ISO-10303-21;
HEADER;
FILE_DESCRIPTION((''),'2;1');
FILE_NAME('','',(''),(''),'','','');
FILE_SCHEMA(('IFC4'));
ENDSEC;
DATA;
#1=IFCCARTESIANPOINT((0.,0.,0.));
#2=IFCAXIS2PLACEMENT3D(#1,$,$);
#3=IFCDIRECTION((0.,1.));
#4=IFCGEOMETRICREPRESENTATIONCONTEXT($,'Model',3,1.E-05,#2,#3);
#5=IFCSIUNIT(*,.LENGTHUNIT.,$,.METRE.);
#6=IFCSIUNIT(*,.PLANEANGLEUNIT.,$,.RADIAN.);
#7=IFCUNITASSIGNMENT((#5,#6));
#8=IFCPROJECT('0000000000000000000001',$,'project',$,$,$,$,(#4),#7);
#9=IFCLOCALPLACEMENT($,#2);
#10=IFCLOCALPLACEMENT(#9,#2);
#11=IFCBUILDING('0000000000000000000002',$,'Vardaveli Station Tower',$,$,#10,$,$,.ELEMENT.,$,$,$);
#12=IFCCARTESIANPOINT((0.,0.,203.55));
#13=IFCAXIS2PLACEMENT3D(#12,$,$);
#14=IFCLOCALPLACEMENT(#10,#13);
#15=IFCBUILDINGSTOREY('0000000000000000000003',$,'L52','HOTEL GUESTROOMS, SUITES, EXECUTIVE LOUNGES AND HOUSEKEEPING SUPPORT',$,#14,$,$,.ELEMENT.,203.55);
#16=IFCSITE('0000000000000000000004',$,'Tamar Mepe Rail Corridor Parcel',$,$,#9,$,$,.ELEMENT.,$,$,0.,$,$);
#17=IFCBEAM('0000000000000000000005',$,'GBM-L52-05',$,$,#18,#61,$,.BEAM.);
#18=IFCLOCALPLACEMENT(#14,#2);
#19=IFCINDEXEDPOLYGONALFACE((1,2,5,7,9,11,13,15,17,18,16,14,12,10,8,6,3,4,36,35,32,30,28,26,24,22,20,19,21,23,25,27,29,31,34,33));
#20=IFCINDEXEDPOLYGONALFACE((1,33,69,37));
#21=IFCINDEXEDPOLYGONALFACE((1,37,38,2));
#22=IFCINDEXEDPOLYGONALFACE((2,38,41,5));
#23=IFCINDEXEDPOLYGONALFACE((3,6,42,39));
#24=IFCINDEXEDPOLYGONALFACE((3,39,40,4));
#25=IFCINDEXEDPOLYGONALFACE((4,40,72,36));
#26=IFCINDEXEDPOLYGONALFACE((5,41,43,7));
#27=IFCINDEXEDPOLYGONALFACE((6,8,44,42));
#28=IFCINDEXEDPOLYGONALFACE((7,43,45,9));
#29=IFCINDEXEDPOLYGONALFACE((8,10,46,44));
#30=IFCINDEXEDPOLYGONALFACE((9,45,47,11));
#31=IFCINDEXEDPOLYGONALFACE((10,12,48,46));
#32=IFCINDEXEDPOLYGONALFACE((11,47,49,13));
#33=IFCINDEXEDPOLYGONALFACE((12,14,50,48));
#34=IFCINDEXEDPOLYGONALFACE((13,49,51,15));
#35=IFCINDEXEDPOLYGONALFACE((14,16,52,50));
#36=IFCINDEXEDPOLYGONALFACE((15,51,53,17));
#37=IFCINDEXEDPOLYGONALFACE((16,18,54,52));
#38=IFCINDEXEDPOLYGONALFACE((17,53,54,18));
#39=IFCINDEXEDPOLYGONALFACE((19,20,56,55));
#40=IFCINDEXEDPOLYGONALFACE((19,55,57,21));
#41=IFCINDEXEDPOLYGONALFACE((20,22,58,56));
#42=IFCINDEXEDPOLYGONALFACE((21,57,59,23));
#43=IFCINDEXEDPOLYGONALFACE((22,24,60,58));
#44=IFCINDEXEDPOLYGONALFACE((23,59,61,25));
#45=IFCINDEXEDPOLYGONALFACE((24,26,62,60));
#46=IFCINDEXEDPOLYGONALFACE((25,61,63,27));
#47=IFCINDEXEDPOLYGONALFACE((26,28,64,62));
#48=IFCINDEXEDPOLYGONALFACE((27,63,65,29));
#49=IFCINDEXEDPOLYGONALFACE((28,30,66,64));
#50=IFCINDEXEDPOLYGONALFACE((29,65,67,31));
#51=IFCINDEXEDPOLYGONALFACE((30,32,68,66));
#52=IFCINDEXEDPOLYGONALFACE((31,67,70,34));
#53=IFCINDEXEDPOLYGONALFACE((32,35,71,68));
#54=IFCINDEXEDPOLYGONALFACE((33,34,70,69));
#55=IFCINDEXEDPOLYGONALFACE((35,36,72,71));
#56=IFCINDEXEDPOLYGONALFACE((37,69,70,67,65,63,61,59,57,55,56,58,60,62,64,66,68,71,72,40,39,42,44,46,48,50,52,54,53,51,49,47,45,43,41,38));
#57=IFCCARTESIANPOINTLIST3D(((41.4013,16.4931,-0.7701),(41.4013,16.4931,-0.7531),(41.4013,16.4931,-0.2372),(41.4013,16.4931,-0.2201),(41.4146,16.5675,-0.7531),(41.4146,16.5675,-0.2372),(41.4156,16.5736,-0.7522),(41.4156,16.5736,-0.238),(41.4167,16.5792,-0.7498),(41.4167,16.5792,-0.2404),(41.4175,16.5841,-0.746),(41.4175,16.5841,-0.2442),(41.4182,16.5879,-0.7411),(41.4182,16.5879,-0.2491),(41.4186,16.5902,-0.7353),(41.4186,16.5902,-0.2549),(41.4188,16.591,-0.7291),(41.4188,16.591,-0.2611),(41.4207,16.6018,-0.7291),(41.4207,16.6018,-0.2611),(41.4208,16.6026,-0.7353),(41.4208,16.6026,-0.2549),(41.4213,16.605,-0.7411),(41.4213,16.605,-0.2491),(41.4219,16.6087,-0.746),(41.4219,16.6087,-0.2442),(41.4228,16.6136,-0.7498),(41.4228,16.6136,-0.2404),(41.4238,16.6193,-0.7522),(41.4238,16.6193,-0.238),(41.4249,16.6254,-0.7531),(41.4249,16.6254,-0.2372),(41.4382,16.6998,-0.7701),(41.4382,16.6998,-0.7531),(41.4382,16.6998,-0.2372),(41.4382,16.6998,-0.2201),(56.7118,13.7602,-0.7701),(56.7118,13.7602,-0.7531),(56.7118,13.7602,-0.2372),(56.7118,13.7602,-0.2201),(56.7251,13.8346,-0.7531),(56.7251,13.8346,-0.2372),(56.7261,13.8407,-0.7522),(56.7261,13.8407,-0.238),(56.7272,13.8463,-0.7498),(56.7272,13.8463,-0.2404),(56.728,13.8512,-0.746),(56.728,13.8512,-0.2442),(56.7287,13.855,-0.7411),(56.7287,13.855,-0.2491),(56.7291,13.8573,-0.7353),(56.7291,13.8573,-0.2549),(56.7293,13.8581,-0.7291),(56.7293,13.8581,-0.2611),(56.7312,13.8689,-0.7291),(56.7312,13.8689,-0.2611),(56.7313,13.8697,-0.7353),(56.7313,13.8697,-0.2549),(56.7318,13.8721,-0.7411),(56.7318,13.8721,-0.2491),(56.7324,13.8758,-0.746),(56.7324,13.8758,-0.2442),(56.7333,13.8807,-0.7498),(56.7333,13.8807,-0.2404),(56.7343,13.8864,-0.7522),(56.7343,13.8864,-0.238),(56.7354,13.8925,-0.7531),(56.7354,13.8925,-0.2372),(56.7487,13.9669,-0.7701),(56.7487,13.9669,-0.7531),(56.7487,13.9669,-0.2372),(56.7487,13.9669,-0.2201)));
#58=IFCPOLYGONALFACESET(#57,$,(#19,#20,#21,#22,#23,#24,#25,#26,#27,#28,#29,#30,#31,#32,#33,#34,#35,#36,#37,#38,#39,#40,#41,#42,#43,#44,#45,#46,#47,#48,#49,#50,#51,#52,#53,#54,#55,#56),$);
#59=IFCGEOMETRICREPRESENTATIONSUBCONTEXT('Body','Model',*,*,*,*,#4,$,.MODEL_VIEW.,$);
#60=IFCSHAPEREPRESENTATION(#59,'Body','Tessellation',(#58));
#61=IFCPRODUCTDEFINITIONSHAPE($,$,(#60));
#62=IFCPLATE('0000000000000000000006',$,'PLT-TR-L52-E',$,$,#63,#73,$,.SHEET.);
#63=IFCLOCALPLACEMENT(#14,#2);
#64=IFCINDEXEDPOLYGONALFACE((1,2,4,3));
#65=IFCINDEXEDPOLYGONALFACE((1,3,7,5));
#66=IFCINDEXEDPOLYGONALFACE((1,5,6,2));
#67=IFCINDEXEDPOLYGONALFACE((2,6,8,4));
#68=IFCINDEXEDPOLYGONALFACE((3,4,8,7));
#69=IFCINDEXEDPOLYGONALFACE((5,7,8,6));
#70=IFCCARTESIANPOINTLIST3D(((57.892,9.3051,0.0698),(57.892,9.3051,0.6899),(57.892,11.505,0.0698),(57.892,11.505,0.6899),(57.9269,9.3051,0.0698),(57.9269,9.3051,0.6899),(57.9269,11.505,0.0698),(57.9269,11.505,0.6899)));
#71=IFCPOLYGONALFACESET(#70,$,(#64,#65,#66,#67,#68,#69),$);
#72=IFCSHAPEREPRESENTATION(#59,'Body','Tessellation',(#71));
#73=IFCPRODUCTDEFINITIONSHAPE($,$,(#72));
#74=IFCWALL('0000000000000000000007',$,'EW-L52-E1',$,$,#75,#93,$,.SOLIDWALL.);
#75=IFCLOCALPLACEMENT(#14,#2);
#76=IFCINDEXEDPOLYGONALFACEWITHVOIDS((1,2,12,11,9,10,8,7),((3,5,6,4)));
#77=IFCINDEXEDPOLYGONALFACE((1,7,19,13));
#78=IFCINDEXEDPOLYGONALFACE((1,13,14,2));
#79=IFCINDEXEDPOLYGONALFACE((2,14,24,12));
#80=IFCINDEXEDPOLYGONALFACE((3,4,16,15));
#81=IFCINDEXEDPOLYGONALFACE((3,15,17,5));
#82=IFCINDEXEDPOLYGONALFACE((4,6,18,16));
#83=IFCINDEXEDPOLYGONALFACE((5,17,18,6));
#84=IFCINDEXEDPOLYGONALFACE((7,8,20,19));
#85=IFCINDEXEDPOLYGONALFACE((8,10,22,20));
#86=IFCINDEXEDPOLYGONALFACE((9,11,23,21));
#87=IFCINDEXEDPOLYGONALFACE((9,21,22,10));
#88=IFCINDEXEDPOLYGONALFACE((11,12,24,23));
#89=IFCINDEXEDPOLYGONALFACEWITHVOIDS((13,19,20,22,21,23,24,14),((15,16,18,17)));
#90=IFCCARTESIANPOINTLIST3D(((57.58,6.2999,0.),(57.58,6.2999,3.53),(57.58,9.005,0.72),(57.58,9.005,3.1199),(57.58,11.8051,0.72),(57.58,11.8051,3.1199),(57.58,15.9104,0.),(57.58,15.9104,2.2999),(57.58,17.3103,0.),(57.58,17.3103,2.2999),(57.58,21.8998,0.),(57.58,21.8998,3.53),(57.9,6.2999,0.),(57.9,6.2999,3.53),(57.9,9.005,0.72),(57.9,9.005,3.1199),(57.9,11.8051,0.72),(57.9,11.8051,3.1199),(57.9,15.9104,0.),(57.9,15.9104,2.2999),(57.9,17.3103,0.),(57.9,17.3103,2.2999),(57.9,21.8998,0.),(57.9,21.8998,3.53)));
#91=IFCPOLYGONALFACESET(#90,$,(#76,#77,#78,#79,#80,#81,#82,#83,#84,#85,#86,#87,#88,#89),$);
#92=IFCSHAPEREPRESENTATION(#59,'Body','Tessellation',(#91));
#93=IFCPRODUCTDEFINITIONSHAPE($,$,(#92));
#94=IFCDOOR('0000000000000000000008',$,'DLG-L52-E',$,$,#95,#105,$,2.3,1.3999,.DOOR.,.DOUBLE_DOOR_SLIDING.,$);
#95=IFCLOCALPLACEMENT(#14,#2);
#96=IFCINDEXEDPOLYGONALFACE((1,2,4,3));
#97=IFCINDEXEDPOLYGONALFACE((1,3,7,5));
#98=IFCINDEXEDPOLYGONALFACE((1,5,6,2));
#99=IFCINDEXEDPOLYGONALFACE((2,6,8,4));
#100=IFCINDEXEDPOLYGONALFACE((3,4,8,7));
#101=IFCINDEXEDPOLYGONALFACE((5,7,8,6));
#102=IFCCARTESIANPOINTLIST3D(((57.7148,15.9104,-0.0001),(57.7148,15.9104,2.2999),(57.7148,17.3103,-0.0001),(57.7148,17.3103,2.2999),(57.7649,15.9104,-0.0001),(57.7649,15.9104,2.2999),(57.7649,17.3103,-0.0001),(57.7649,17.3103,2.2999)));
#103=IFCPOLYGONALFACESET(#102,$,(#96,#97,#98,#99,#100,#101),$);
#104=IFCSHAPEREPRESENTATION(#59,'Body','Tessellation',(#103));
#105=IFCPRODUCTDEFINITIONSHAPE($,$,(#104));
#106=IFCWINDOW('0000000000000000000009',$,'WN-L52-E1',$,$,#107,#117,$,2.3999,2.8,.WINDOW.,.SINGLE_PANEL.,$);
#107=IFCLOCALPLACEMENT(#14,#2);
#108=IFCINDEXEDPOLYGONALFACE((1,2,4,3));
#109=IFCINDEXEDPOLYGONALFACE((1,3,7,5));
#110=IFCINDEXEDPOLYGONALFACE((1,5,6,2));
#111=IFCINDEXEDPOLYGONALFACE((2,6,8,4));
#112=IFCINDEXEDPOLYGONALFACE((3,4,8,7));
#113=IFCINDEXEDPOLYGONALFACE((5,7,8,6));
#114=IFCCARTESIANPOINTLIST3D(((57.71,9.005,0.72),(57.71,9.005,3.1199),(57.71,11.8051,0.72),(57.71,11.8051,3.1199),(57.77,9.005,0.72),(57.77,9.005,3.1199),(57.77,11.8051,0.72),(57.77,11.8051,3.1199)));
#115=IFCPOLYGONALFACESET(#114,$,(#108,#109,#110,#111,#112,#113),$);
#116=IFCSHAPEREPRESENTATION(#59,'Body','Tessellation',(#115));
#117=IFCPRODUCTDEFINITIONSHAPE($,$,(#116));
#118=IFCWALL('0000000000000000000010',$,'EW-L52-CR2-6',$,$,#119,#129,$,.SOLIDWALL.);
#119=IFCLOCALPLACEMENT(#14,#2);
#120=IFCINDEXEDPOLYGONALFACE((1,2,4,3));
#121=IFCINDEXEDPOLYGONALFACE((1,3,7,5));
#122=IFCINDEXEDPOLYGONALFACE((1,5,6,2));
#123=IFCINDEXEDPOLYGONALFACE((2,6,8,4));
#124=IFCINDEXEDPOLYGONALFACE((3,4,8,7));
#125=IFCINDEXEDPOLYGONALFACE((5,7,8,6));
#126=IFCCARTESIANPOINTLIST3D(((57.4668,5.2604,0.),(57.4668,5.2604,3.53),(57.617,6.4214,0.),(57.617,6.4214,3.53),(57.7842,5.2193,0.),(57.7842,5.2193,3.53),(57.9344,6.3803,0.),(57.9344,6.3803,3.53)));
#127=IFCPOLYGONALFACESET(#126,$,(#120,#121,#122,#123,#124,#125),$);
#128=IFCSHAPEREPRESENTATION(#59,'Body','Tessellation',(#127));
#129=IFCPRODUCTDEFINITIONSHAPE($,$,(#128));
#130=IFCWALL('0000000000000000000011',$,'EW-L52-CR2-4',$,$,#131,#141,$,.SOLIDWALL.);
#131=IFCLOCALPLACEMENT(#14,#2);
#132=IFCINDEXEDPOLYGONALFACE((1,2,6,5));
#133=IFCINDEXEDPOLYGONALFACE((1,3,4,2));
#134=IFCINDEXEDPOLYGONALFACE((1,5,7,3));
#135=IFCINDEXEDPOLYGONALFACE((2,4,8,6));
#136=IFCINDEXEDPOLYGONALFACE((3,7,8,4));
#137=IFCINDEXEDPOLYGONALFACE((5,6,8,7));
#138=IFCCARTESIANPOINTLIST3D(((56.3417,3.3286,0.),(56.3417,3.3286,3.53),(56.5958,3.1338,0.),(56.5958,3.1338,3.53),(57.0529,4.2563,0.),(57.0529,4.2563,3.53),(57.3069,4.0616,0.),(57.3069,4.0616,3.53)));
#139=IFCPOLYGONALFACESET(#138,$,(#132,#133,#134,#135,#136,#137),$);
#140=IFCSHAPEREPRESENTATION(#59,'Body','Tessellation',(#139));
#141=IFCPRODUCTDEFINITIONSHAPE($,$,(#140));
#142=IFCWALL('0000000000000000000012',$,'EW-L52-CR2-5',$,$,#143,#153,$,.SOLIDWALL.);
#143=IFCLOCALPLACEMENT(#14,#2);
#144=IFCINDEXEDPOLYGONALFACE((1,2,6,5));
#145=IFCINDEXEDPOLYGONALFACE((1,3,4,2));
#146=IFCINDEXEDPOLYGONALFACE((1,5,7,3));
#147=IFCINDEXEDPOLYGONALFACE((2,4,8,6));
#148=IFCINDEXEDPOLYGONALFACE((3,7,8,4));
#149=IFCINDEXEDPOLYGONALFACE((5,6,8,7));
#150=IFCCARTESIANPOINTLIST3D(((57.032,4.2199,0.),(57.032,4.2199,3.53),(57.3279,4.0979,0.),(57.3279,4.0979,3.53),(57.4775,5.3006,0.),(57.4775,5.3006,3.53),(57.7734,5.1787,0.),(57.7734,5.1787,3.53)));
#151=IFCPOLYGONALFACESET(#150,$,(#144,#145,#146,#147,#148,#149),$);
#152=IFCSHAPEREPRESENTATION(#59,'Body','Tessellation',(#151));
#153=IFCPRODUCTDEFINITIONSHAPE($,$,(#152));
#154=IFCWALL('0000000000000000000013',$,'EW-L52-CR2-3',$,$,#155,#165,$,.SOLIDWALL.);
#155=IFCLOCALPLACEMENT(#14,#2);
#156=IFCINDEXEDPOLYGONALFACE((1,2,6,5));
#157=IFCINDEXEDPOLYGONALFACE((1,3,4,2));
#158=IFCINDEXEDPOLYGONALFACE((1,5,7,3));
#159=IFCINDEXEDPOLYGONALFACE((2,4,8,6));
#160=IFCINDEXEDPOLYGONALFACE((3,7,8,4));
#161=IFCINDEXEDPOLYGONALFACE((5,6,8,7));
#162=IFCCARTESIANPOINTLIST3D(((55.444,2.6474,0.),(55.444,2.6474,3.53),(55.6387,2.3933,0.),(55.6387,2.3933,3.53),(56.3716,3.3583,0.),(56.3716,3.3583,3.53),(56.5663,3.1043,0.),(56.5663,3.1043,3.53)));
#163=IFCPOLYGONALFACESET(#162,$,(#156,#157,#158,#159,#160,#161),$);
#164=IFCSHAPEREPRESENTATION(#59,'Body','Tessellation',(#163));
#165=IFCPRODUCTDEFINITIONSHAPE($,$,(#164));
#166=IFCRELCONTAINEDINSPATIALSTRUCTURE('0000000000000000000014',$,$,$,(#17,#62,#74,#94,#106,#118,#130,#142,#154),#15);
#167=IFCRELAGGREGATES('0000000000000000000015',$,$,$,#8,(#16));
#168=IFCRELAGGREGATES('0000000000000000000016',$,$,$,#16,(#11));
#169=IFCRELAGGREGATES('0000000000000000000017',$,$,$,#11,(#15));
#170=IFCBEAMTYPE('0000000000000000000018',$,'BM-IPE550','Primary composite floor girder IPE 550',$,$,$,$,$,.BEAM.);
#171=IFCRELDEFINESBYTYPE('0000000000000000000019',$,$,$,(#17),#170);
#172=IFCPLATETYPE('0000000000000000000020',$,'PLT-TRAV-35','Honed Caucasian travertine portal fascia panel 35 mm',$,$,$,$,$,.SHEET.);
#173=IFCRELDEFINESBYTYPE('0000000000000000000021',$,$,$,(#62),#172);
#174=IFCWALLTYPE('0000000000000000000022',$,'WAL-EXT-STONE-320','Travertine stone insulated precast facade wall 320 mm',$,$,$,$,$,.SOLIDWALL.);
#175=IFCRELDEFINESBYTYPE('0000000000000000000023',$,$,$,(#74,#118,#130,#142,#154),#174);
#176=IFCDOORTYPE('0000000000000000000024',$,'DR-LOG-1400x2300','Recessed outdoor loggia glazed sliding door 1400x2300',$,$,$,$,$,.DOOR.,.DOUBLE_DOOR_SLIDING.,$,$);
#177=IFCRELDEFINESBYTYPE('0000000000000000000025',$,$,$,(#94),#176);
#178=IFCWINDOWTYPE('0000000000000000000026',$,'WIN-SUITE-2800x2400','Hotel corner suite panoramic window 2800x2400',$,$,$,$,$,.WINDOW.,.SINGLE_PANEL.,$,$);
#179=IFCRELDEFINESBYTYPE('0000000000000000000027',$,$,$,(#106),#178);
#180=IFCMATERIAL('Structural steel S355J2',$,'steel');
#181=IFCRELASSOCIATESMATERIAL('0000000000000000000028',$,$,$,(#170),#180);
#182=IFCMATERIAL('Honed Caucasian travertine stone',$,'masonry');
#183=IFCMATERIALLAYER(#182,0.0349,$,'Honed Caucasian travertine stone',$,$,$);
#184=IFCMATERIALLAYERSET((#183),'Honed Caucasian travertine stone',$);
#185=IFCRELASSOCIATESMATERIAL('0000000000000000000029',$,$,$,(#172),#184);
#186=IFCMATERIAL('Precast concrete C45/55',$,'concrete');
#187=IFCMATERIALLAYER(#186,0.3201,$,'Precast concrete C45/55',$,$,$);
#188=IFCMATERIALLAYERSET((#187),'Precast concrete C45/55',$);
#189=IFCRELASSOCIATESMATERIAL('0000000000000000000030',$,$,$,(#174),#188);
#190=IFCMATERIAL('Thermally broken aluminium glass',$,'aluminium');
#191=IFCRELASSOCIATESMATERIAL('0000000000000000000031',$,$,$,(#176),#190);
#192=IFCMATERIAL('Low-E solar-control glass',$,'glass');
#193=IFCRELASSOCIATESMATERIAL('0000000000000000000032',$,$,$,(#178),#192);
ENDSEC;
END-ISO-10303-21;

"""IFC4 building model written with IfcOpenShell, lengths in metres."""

from ifc_helpers import new_model, si_unit, direction, frame, frame_2d, origin, origin_2d, place, context, subcontext, project, spatial, rectangle, i_section, extrude, source, transform, mapped, material, layer, layer_set, material_profile, profile_set, type_object, element, fill, save


model = new_model("IFC4")

# Units and contexts
model_context = context("Model", 3, precision=1e-05, world=origin(), true_north=direction((0.0, 1.0)))
body_context = subcontext(model_context, "Body", "Model", "MODEL_VIEW")
ifc_project = project(units=[si_unit("LENGTHUNIT", "METRE"), si_unit("PLANEANGLEUNIT", "RADIAN")], contexts=[model_context])

# Site, building, storey
site_placement = place(None, origin())
site = spatial("IfcSite", under=ifc_project, at=site_placement, Name="Tamar Mepe Rail Corridor Parcel", CompositionType="ELEMENT", RefElevation=0.0)
building_placement = place(site_placement, origin())
building = spatial("IfcBuilding", under=site, at=building_placement, Name="Vardaveli Station Tower", CompositionType="ELEMENT")
storey_placement = place(building_placement, frame((0.0, 0.0, 203.55)))
storey = spatial("IfcBuildingStorey", under=building, at=storey_placement, Name="L52", Description="HOTEL GUESTROOMS, SUITES, EXECUTIVE LOUNGES AND HOUSEKEEPING SUPPORT", CompositionType="ELEMENT", Elevation=203.55)

# Beam
ifc_material_1 = material(Name="Precast concrete C45/55", Category="concrete")
ifc_material_2 = material(Name="Structural steel S355J2", Category="steel")
ifc_material_profile_1 = material_profile(ifc_material_2, i_section(OverallWidth=0.21, OverallDepth=0.55, WebThickness=0.011, FlangeThickness=0.0171, FilletRadius=0.0239, at=origin_2d()), Name="IPE 550")
ifc_profile_set_1 = profile_set([ifc_material_profile_1], Name="Structural steel S355J2")
beam_type_1 = type_object("IfcBeamType", Name="BM-IPE550", Description="Primary composite floor girder IPE 550", PredefinedType="BEAM", material=ifc_profile_set_1)
shared_shape_1 = source(origin(), body_context, "Body", "SweptSolid", [
    extrude(i_section(OverallWidth=0.21, OverallDepth=0.55, WebThickness=0.011, FlangeThickness=0.0171, FilletRadius=0.0239, at=origin_2d()), origin(), (0.0, 0.0, 1.0), 15.5525),
])
beam_1_placement = place(storey_placement, frame((56.7302, 13.8635, -0.4951), z_axis=(-0.98444, 0.175721, 0.0), x_axis=(-0.175721, -0.98444, 0.0)))
element("IfcBeam", 1, at=beam_1_placement, inside=storey, type_object=beam_type_1, Name="GBM-L52-05", PredefinedType="BEAM", context=body_context, shape_type="MappedRepresentation", body=[
    mapped(shared_shape_1, transform((0.0, 0.0, 0.0), scale=1.0)),
])

# Plate
ifc_material_3 = material(Name="Honed Caucasian travertine stone", Category="masonry")
ifc_layer_1 = layer(ifc_material_3, 0.0349, Name="Honed Caucasian travertine stone")
ifc_layer_set_1 = layer_set([ifc_layer_1], Name="Honed Caucasian travertine stone")
plate_type = type_object("IfcPlateType", Name="PLT-TRAV-35", Description="Honed Caucasian travertine portal fascia panel 35 mm", PredefinedType="SHEET", material=ifc_layer_set_1)
shared_shape_2 = source(origin(), body_context, "Body", "SweptSolid", [
    extrude(rectangle(XDim=2.2, YDim=0.0349, at=origin_2d()), origin(), (0.0, 0.0, 1.0), 0.6201),
])
plate_placement = place(storey_placement, frame((57.9094, 10.405, 0.0698), z_axis=(0.0, 0.0, 1.0), x_axis=(0.0, 1.0, 0.0)))
element("IfcPlate", 2, at=plate_placement, inside=storey, type_object=plate_type, Name="PLT-TR-L52-E", PredefinedType="SHEET", context=body_context, shape_type="MappedRepresentation", body=[
    mapped(shared_shape_2, transform((0.0, 0.0, 0.0), scale=1.0)),
])

# Wall, openings, door, window
ifc_layer_2 = layer(ifc_material_1, 0.3201, Name="Precast concrete C45/55")
ifc_layer_set_2 = layer_set([ifc_layer_2], Name="Precast concrete C45/55")
wall_type_1 = type_object("IfcWallType", Name="WAL-EXT-STONE-320", Description="Travertine stone insulated precast facade wall 320 mm", PredefinedType="SOLIDWALL", material=ifc_layer_set_2)
shared_shape_3 = source(origin(), body_context, "Body", "SweptSolid", [
    extrude(rectangle(XDim=15.5999, YDim=0.3201, at=frame_2d((7.7998, 0.0))), origin(), (0.0, 0.0, 1.0), 3.53),
])
wall_1_placement = place(storey_placement, frame((57.74, 6.3, 0.0), z_axis=(0.0, 0.0, 1.0), x_axis=(0.0, 1.0, 0.0)))
wall_1 = element("IfcWall", 3, at=wall_1_placement, inside=storey, type_object=wall_type_1, Name="EW-L52-E1", PredefinedType="SOLIDWALL", context=body_context, shape_type="MappedRepresentation", body=[
    mapped(shared_shape_3, transform((0.0, 0.0, 0.0), scale=1.0)),
])
shared_shape_4 = source(origin(), body_context, "Body", "SweptSolid", [
    extrude(rectangle(XDim=1.3999, YDim=2.3, at=frame_2d((0.7, 1.1499))), frame((0.0, 0.1699, 0.0), z_axis=(0.0, -1.0, 0.0), x_axis=(1.0, 0.0, 0.0)), (0.0, 0.0, 1.0), 0.3401),
])
opening_1_placement = place(wall_1_placement, frame((9.6104, 0.0, 0.0)))
opening_1 = element("IfcOpeningElement", 4, at=opening_1_placement, cuts=wall_1, PredefinedType="OPENING", context=body_context, shape_type="MappedRepresentation", body=[
    mapped(shared_shape_4, transform((0.0, 0.0, 0.0), scale=1.0)),
])
shared_shape_5 = source(origin(), body_context, "Body", "SweptSolid", [
    extrude(rectangle(XDim=2.8, YDim=2.3999, at=frame_2d((1.3999, 1.2))), frame((0.0, 0.1699, 0.0), z_axis=(0.0, -1.0, 0.0), x_axis=(1.0, 0.0, 0.0)), (0.0, 0.0, 1.0), 0.3401),
])
opening_2_placement = place(wall_1_placement, frame((2.7051, 0.0, 0.72)))
opening_2 = element("IfcOpeningElement", 5, at=opening_2_placement, cuts=wall_1, PredefinedType="OPENING", context=body_context, shape_type="MappedRepresentation", body=[
    mapped(shared_shape_5, transform((0.0, 0.0, 0.0), scale=1.0)),
])
ifc_material_4 = material(Name="Thermally broken aluminium glass", Category="aluminium")
door_type_1 = type_object("IfcDoorType", Name="DR-LOG-1400x2300", Description="Recessed outdoor loggia glazed sliding door 1400x2300", OperationType="DOUBLE_DOOR_SLIDING", PredefinedType="DOOR", material=ifc_material_4)
shared_shape_6 = source(origin(), body_context, "Body", "SweptSolid", [
    extrude(rectangle(XDim=1.3999, YDim=2.3, at=frame_2d((0.7, 1.1499))), frame((0.0, 0.0249, 0.0), z_axis=(0.0, -1.0, 0.0), x_axis=(1.0, 0.0, 0.0)), (0.0, 0.0, 1.0), 0.05),
])
door_1_placement = place(opening_1_placement, frame((1.3999, 0.0, 0.0), z_axis=(0.0, 0.0, 1.0), x_axis=(-1.0, 0.0, 0.0)))
door_1 = element("IfcDoor", 6, at=door_1_placement, inside=storey, type_object=door_type_1, Name="DLG-L52-E", OperationType="DOUBLE_DOOR_SLIDING", OverallHeight=2.3, OverallWidth=1.3999, PredefinedType="DOOR", context=body_context, shape_type="MappedRepresentation", body=[
    mapped(shared_shape_6, transform((0.0, 0.0, 0.0), scale=1.0)),
])
fill(opening_1, door_1)
ifc_material_5 = material(Name="Low-E solar-control glass", Category="glass")
window_type = type_object("IfcWindowType", Name="WIN-SUITE-2800x2400", Description="Hotel corner suite panoramic window 2800x2400", PartitioningType="SINGLE_PANEL", PredefinedType="WINDOW", material=ifc_material_5)
shared_shape_7 = source(origin(), body_context, "Body", "SweptSolid", [
    extrude(rectangle(XDim=2.8, YDim=2.3999, at=frame_2d((1.3999, 1.2))), frame((0.0, 0.03, 0.0), z_axis=(0.0, -1.0, 0.0), x_axis=(1.0, 0.0, 0.0)), (0.0, 0.0, 1.0), 0.0601),
])
window_placement = place(opening_2_placement, origin())
window = element("IfcWindow", 7, at=window_placement, inside=storey, type_object=window_type, Name="WN-L52-E1", OverallHeight=2.3999, OverallWidth=2.8, PartitioningType="SINGLE_PANEL", PredefinedType="WINDOW", context=body_context, shape_type="MappedRepresentation", body=[
    mapped(shared_shape_7, transform((0.0, 0.0, 0.0), scale=1.0)),
])
fill(opening_2, window)

# Walls
shared_shape_8 = source(origin(), body_context, "Body", "SweptSolid", [
    extrude(rectangle(XDim=1.1707, YDim=0.3201, at=frame_2d((0.5854, 0.0))), origin(), (0.0, 0.0, 1.0), 3.53),
])
wall_2_placement = place(storey_placement, frame((57.6255, 5.2397, 0.0), z_axis=(0.0, 0.0, 1.0), x_axis=(0.128269, 0.991739, 0.0)))
element("IfcWall", 8, at=wall_2_placement, inside=storey, type_object=wall_type_1, Name="EW-L52-CR2-6", PredefinedType="SOLIDWALL", context=body_context, shape_type="MappedRepresentation", body=[
    mapped(shared_shape_8, transform((0.0, 0.0, 0.0), scale=1.0)),
])
shared_shape_9 = source(origin(), body_context, "Body", "SweptSolid", [
    extrude(rectangle(XDim=1.1689, YDim=0.3201, at=frame_2d((0.5845, 0.0))), origin(), (0.0, 0.0, 1.0), 3.53),
])
for number, where, z_axis, x_axis, name in (
    (9, (56.4688, 3.2312, 0.0), (0.0, 0.0, 1.0), (0.608388, 0.79364, 0.0), "EW-L52-CR2-4"),
    (10, (57.1799, 4.1589, 0.0), (0.0, 0.0, 1.0), (0.381128, 0.924522, 0.0), "EW-L52-CR2-5"),
):
    element("IfcWall", number, at=place(storey_placement, frame(where, z_axis=z_axis, x_axis=x_axis)), inside=storey, type_object=wall_type_1, Name=name, PredefinedType="SOLIDWALL", context=body_context, shape_type="MappedRepresentation", body=[
        mapped(shared_shape_9, transform((0.0, 0.0, 0.0), scale=1.0)),
    ])
shared_shape_10 = source(origin(), body_context, "Body", "SweptSolid", [
    extrude(rectangle(XDim=1.1687, YDim=0.3201, at=frame_2d((0.5845, 0.0))), origin(), (0.0, 0.0, 1.0), 3.53),
])
wall_3_placement = place(storey_placement, frame((55.5413, 2.5203, 0.0), z_axis=(0.0, 0.0, 1.0), x_axis=(0.793664, 0.608357, 0.0)))
element("IfcWall", 11, at=wall_3_placement, inside=storey, type_object=wall_type_1, Name="EW-L52-CR2-3", PredefinedType="SOLIDWALL", context=body_context, shape_type="MappedRepresentation", body=[
    mapped(shared_shape_10, transform((0.0, 0.0, 0.0), scale=1.0)),
])

save(model, "model.ifc")
